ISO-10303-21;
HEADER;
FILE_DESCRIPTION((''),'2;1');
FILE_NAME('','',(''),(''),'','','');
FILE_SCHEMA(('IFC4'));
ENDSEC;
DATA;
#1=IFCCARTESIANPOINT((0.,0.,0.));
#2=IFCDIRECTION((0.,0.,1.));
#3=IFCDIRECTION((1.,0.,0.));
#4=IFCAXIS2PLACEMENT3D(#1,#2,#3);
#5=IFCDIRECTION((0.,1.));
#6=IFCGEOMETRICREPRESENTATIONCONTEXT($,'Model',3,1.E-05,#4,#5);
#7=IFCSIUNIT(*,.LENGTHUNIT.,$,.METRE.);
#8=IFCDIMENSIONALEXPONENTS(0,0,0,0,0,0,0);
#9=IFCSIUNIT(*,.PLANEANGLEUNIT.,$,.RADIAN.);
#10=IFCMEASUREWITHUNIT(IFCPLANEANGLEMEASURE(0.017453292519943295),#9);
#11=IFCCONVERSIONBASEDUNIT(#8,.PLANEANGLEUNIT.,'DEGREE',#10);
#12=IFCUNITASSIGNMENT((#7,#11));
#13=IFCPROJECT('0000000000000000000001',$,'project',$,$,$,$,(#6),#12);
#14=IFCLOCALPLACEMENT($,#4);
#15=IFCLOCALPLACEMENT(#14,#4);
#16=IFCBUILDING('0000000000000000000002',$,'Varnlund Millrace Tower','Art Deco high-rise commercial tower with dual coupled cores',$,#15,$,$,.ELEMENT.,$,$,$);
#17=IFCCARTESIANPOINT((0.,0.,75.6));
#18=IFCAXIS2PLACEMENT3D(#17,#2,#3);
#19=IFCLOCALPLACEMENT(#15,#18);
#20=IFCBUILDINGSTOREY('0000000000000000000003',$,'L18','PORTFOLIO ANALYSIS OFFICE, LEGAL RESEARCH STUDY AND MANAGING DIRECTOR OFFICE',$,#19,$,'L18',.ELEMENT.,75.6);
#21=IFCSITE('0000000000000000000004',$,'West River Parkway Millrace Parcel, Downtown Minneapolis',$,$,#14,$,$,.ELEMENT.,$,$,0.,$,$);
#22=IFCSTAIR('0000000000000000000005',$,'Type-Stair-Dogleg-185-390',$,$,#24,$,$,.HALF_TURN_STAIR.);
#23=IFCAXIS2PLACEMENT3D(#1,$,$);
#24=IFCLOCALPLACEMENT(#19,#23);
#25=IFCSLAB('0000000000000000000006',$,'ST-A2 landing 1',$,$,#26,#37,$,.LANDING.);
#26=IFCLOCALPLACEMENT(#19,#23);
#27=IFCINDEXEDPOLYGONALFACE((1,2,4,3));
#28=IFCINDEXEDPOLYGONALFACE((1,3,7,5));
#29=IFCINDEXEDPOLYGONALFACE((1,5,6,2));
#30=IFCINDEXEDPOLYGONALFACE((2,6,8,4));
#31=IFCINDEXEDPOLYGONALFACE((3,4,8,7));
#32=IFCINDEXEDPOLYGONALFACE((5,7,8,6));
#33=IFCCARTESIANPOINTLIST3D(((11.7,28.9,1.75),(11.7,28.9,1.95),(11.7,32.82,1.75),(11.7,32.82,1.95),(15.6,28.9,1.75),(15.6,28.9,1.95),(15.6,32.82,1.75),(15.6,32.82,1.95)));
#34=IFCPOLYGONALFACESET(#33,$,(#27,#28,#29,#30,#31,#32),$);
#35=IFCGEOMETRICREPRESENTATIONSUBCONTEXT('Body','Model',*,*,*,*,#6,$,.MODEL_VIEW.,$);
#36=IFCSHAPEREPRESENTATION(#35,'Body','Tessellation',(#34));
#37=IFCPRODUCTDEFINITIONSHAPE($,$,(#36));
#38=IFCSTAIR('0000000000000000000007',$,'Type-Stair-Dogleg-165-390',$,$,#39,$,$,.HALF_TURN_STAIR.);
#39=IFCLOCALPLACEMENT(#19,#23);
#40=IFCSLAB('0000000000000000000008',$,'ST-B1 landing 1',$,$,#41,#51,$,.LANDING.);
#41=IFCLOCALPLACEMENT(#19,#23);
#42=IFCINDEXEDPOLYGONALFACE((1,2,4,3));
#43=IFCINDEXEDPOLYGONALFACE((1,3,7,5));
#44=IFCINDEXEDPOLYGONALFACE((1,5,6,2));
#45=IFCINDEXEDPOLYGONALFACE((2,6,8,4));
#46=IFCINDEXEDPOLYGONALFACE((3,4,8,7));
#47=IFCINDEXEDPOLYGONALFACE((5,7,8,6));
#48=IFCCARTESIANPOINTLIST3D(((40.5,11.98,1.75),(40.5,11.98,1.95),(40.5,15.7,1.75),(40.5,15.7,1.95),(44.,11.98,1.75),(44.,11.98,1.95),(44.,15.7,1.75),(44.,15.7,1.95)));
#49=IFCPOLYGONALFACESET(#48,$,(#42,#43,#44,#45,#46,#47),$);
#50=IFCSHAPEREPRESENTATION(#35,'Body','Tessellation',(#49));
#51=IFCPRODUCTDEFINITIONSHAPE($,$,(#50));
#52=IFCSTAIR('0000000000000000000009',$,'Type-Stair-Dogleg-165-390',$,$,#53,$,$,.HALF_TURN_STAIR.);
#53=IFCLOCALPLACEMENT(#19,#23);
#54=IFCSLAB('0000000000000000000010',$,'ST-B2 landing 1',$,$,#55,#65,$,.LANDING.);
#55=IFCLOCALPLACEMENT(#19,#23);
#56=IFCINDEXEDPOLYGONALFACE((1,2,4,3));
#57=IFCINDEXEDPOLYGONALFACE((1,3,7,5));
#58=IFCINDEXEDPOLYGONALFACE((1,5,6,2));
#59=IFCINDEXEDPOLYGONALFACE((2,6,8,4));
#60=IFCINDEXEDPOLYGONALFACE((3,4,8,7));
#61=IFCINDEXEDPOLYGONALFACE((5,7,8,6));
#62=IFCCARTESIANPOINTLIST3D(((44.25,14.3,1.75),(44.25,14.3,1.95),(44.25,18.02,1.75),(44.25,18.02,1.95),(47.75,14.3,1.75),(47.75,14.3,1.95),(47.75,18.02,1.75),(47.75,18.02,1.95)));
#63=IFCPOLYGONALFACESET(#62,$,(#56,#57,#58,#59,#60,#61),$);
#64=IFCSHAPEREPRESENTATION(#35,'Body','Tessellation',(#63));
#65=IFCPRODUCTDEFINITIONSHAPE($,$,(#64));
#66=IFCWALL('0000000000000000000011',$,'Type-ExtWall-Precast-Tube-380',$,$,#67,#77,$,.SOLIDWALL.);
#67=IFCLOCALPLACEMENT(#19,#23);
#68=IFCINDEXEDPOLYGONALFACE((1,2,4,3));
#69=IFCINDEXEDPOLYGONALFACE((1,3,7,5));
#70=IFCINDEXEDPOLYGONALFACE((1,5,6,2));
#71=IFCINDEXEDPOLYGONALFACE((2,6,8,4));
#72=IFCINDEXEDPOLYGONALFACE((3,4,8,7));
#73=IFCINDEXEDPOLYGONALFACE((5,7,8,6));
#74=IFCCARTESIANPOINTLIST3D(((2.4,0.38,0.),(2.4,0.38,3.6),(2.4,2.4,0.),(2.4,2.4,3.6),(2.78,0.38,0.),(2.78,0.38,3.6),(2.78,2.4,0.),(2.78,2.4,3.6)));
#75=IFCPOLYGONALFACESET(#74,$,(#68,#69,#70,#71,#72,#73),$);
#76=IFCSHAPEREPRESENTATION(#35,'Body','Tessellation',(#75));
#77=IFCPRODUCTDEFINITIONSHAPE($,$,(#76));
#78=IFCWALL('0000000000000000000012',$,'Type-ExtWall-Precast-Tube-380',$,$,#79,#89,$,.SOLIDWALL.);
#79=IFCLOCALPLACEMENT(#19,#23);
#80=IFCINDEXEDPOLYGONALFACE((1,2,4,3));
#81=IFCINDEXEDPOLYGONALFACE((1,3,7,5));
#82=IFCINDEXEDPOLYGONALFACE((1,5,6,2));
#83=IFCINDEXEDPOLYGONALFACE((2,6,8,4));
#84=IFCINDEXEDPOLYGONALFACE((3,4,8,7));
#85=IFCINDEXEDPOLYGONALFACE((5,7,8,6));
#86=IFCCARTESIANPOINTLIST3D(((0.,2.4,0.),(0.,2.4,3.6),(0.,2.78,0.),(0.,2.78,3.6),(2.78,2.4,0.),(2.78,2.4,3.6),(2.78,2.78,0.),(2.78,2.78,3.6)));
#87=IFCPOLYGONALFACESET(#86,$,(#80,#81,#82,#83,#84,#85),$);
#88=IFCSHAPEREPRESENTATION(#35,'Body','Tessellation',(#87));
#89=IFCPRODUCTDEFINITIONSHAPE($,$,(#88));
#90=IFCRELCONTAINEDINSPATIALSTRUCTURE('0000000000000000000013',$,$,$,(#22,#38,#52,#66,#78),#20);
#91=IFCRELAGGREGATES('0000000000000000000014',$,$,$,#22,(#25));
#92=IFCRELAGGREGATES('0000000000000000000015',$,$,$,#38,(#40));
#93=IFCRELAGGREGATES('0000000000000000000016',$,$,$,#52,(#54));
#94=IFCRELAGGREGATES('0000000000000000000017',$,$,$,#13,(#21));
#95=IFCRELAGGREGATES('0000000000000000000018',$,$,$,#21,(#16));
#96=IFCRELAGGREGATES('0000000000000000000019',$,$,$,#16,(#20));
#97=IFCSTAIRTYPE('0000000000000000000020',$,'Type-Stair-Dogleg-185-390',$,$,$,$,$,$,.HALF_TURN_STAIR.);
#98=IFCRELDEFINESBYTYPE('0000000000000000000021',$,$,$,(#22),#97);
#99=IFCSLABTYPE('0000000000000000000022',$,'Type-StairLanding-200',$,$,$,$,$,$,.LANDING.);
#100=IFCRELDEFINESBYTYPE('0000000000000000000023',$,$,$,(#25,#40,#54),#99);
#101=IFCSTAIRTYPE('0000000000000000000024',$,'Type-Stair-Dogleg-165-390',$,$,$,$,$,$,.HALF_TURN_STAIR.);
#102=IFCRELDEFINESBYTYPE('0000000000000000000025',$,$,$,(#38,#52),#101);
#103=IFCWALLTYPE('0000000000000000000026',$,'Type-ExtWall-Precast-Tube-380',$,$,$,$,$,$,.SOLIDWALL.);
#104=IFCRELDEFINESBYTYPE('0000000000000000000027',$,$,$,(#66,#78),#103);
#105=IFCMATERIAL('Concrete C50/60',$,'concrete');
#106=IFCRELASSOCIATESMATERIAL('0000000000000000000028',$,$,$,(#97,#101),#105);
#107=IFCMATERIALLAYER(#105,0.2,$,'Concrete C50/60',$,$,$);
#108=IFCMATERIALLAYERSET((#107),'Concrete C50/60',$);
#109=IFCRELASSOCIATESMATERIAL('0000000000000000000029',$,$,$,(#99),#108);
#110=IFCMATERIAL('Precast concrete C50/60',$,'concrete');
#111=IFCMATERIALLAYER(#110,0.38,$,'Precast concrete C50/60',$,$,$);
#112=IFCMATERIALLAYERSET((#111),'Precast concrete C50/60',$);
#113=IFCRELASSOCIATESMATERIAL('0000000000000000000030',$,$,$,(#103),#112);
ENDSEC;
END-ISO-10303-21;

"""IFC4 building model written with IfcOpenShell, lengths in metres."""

from ifc_helpers import new_model, entity, si_unit, converted_unit, direction, frame, origin_with_axes, place, context, subcontext, project, spatial, polyline, outline, extrude, material, layer, layer_set, type_object, element, aggregate, save


model = new_model("IFC4")

# Units and contexts
model_context = context("Model", 3, precision=1e-05, world=origin_with_axes(), true_north=direction((0.0, 1.0)))
body_context = subcontext(model_context, "Body", "Model", "MODEL_VIEW")
ifc_project = project(units=[si_unit("LENGTHUNIT", "METRE"), converted_unit("PLANEANGLEUNIT", "DEGREE", entity("IfcPlaneAngleMeasure", 0.017453292519943295), si_unit("PLANEANGLEUNIT", "RADIAN"), dimensions=[0, 0, 0, 0, 0, 0, 0])], contexts=[model_context])

# Site, building, storey
site_placement = place(None, origin_with_axes())
site = spatial("IfcSite", under=ifc_project, at=site_placement, Name="West River Parkway Millrace Parcel, Downtown Minneapolis", CompositionType="ELEMENT", RefElevation=0.0)
building_placement = place(site_placement, origin_with_axes())
building = spatial("IfcBuilding", under=site, at=building_placement, Name="Varnlund Millrace Tower", Description="Art Deco high-rise commercial tower with dual coupled cores", CompositionType="ELEMENT")
storey_placement = place(building_placement, frame((0.0, 0.0, 75.6), z_axis=(0.0, 0.0, 1.0), x_axis=(1.0, 0.0, 0.0)))
storey = spatial("IfcBuildingStorey", under=building, at=storey_placement, Name="L18", Description="PORTFOLIO ANALYSIS OFFICE, LEGAL RESEARCH STUDY AND MANAGING DIRECTOR OFFICE", LongName="L18", CompositionType="ELEMENT", Elevation=75.6)

# Stairs, slabs
ifc_material_1 = material(Name="Concrete C50/60", Category="concrete")
stair_type_1 = type_object("IfcStairType", Name="Type-Stair-Dogleg-185-390", PredefinedType="HALF_TURN_STAIR", material=ifc_material_1)
ifc_layer_1 = layer(ifc_material_1, 0.2, Name="Concrete C50/60")
ifc_layer_set_1 = layer_set([ifc_layer_1], Name="Concrete C50/60")
slab_type = type_object("IfcSlabType", Name="Type-StairLanding-200", PredefinedType="LANDING", material=ifc_layer_set_1)
stair_1_placement = place(storey_placement, origin_with_axes())
stair_1 = element("IfcStair", 1, at=stair_1_placement, inside=storey, type_object=stair_type_1, Name="Type-Stair-Dogleg-185-390", PredefinedType="HALF_TURN_STAIR")
slab_1_placement = place(storey_placement, frame((0.0, 0.0, 1.75), z_axis=(0.0, 0.0, 1.0), x_axis=(1.0, 0.0, 0.0)))
slab_1 = element("IfcSlab", 2, at=slab_1_placement, type_object=slab_type, Name="ST-A2 landing 1", PredefinedType="LANDING", context=body_context, shape_type="SweptSolid", body=[
    extrude(outline(polyline([(11.7, 32.82), (11.7, 28.9), (15.6, 28.9), (15.6, 32.82), (11.7, 32.82)])), origin_with_axes(), (0.0, 0.0, 1.0), 0.2),
])
aggregate(stair_1, [slab_1])
stair_type_2 = type_object("IfcStairType", Name="Type-Stair-Dogleg-165-390", PredefinedType="HALF_TURN_STAIR", material=ifc_material_1)
stair_2_placement = place(storey_placement, origin_with_axes())
stair_2 = element("IfcStair", 3, at=stair_2_placement, inside=storey, type_object=stair_type_2, Name="Type-Stair-Dogleg-165-390", PredefinedType="HALF_TURN_STAIR")
slab_2_placement = place(storey_placement, frame((0.0, 0.0, 1.75), z_axis=(0.0, 0.0, 1.0), x_axis=(1.0, 0.0, 0.0)))
slab_2 = element("IfcSlab", 4, at=slab_2_placement, type_object=slab_type, Name="ST-B1 landing 1", PredefinedType="LANDING", context=body_context, shape_type="SweptSolid", body=[
    extrude(outline(polyline([(44.0, 11.98), (44.0, 15.7), (40.5, 15.7), (40.5, 11.98), (44.0, 11.98)])), origin_with_axes(), (0.0, 0.0, 1.0), 0.2),
])
aggregate(stair_2, [slab_2])
stair_3_placement = place(storey_placement, origin_with_axes())
stair_3 = element("IfcStair", 5, at=stair_3_placement, inside=storey, type_object=stair_type_2, Name="Type-Stair-Dogleg-165-390", PredefinedType="HALF_TURN_STAIR")
slab_3_placement = place(storey_placement, frame((0.0, 0.0, 1.75), z_axis=(0.0, 0.0, 1.0), x_axis=(1.0, 0.0, 0.0)))
slab_3 = element("IfcSlab", 6, at=slab_3_placement, type_object=slab_type, Name="ST-B2 landing 1", PredefinedType="LANDING", context=body_context, shape_type="SweptSolid", body=[
    extrude(outline(polyline([(44.25, 18.02), (44.25, 14.3), (47.75, 14.3), (47.75, 18.02), (44.25, 18.02)])), origin_with_axes(), (0.0, 0.0, 1.0), 0.2),
])
aggregate(stair_3, [slab_3])

# Walls
ifc_material_2 = material(Name="Precast concrete C50/60", Category="concrete")
ifc_layer_2 = layer(ifc_material_2, 0.38, Name="Precast concrete C50/60")
ifc_layer_set_2 = layer_set([ifc_layer_2], Name="Precast concrete C50/60")
wall_type = type_object("IfcWallType", Name="Type-ExtWall-Precast-Tube-380", PredefinedType="SOLIDWALL", material=ifc_layer_set_2)
wall_1_placement = place(storey_placement, frame((2.59, 0.38, 0.0), z_axis=(0.0, 0.0, 1.0), x_axis=(0.0, 1.0, 0.0)))
element("IfcWall", 7, at=wall_1_placement, inside=storey, type_object=wall_type, Name="Type-ExtWall-Precast-Tube-380", PredefinedType="SOLIDWALL", context=body_context, shape_type="SweptSolid", body=[
    extrude(outline(polyline([(0.0, -0.19), (2.02, -0.19), (2.02, 0.19), (0.0, 0.19), (0.0, -0.19)])), origin_with_axes(), (0.0, 0.0, 1.0), 3.6),
])
wall_2_placement = place(storey_placement, frame((2.78, 2.59, 0.0), z_axis=(0.0, 0.0, 1.0), x_axis=(-1.0, 0.0, 0.0)))
element("IfcWall", 8, at=wall_2_placement, inside=storey, type_object=wall_type, Name="Type-ExtWall-Precast-Tube-380", PredefinedType="SOLIDWALL", context=body_context, shape_type="SweptSolid", body=[
    extrude(outline(polyline([(0.0, -0.19), (2.78, -0.19), (2.78, 0.19), (0.0, 0.19), (0.0, -0.19)])), origin_with_axes(), (0.0, 0.0, 1.0), 3.6),
])

save(model, "model.ifc")
